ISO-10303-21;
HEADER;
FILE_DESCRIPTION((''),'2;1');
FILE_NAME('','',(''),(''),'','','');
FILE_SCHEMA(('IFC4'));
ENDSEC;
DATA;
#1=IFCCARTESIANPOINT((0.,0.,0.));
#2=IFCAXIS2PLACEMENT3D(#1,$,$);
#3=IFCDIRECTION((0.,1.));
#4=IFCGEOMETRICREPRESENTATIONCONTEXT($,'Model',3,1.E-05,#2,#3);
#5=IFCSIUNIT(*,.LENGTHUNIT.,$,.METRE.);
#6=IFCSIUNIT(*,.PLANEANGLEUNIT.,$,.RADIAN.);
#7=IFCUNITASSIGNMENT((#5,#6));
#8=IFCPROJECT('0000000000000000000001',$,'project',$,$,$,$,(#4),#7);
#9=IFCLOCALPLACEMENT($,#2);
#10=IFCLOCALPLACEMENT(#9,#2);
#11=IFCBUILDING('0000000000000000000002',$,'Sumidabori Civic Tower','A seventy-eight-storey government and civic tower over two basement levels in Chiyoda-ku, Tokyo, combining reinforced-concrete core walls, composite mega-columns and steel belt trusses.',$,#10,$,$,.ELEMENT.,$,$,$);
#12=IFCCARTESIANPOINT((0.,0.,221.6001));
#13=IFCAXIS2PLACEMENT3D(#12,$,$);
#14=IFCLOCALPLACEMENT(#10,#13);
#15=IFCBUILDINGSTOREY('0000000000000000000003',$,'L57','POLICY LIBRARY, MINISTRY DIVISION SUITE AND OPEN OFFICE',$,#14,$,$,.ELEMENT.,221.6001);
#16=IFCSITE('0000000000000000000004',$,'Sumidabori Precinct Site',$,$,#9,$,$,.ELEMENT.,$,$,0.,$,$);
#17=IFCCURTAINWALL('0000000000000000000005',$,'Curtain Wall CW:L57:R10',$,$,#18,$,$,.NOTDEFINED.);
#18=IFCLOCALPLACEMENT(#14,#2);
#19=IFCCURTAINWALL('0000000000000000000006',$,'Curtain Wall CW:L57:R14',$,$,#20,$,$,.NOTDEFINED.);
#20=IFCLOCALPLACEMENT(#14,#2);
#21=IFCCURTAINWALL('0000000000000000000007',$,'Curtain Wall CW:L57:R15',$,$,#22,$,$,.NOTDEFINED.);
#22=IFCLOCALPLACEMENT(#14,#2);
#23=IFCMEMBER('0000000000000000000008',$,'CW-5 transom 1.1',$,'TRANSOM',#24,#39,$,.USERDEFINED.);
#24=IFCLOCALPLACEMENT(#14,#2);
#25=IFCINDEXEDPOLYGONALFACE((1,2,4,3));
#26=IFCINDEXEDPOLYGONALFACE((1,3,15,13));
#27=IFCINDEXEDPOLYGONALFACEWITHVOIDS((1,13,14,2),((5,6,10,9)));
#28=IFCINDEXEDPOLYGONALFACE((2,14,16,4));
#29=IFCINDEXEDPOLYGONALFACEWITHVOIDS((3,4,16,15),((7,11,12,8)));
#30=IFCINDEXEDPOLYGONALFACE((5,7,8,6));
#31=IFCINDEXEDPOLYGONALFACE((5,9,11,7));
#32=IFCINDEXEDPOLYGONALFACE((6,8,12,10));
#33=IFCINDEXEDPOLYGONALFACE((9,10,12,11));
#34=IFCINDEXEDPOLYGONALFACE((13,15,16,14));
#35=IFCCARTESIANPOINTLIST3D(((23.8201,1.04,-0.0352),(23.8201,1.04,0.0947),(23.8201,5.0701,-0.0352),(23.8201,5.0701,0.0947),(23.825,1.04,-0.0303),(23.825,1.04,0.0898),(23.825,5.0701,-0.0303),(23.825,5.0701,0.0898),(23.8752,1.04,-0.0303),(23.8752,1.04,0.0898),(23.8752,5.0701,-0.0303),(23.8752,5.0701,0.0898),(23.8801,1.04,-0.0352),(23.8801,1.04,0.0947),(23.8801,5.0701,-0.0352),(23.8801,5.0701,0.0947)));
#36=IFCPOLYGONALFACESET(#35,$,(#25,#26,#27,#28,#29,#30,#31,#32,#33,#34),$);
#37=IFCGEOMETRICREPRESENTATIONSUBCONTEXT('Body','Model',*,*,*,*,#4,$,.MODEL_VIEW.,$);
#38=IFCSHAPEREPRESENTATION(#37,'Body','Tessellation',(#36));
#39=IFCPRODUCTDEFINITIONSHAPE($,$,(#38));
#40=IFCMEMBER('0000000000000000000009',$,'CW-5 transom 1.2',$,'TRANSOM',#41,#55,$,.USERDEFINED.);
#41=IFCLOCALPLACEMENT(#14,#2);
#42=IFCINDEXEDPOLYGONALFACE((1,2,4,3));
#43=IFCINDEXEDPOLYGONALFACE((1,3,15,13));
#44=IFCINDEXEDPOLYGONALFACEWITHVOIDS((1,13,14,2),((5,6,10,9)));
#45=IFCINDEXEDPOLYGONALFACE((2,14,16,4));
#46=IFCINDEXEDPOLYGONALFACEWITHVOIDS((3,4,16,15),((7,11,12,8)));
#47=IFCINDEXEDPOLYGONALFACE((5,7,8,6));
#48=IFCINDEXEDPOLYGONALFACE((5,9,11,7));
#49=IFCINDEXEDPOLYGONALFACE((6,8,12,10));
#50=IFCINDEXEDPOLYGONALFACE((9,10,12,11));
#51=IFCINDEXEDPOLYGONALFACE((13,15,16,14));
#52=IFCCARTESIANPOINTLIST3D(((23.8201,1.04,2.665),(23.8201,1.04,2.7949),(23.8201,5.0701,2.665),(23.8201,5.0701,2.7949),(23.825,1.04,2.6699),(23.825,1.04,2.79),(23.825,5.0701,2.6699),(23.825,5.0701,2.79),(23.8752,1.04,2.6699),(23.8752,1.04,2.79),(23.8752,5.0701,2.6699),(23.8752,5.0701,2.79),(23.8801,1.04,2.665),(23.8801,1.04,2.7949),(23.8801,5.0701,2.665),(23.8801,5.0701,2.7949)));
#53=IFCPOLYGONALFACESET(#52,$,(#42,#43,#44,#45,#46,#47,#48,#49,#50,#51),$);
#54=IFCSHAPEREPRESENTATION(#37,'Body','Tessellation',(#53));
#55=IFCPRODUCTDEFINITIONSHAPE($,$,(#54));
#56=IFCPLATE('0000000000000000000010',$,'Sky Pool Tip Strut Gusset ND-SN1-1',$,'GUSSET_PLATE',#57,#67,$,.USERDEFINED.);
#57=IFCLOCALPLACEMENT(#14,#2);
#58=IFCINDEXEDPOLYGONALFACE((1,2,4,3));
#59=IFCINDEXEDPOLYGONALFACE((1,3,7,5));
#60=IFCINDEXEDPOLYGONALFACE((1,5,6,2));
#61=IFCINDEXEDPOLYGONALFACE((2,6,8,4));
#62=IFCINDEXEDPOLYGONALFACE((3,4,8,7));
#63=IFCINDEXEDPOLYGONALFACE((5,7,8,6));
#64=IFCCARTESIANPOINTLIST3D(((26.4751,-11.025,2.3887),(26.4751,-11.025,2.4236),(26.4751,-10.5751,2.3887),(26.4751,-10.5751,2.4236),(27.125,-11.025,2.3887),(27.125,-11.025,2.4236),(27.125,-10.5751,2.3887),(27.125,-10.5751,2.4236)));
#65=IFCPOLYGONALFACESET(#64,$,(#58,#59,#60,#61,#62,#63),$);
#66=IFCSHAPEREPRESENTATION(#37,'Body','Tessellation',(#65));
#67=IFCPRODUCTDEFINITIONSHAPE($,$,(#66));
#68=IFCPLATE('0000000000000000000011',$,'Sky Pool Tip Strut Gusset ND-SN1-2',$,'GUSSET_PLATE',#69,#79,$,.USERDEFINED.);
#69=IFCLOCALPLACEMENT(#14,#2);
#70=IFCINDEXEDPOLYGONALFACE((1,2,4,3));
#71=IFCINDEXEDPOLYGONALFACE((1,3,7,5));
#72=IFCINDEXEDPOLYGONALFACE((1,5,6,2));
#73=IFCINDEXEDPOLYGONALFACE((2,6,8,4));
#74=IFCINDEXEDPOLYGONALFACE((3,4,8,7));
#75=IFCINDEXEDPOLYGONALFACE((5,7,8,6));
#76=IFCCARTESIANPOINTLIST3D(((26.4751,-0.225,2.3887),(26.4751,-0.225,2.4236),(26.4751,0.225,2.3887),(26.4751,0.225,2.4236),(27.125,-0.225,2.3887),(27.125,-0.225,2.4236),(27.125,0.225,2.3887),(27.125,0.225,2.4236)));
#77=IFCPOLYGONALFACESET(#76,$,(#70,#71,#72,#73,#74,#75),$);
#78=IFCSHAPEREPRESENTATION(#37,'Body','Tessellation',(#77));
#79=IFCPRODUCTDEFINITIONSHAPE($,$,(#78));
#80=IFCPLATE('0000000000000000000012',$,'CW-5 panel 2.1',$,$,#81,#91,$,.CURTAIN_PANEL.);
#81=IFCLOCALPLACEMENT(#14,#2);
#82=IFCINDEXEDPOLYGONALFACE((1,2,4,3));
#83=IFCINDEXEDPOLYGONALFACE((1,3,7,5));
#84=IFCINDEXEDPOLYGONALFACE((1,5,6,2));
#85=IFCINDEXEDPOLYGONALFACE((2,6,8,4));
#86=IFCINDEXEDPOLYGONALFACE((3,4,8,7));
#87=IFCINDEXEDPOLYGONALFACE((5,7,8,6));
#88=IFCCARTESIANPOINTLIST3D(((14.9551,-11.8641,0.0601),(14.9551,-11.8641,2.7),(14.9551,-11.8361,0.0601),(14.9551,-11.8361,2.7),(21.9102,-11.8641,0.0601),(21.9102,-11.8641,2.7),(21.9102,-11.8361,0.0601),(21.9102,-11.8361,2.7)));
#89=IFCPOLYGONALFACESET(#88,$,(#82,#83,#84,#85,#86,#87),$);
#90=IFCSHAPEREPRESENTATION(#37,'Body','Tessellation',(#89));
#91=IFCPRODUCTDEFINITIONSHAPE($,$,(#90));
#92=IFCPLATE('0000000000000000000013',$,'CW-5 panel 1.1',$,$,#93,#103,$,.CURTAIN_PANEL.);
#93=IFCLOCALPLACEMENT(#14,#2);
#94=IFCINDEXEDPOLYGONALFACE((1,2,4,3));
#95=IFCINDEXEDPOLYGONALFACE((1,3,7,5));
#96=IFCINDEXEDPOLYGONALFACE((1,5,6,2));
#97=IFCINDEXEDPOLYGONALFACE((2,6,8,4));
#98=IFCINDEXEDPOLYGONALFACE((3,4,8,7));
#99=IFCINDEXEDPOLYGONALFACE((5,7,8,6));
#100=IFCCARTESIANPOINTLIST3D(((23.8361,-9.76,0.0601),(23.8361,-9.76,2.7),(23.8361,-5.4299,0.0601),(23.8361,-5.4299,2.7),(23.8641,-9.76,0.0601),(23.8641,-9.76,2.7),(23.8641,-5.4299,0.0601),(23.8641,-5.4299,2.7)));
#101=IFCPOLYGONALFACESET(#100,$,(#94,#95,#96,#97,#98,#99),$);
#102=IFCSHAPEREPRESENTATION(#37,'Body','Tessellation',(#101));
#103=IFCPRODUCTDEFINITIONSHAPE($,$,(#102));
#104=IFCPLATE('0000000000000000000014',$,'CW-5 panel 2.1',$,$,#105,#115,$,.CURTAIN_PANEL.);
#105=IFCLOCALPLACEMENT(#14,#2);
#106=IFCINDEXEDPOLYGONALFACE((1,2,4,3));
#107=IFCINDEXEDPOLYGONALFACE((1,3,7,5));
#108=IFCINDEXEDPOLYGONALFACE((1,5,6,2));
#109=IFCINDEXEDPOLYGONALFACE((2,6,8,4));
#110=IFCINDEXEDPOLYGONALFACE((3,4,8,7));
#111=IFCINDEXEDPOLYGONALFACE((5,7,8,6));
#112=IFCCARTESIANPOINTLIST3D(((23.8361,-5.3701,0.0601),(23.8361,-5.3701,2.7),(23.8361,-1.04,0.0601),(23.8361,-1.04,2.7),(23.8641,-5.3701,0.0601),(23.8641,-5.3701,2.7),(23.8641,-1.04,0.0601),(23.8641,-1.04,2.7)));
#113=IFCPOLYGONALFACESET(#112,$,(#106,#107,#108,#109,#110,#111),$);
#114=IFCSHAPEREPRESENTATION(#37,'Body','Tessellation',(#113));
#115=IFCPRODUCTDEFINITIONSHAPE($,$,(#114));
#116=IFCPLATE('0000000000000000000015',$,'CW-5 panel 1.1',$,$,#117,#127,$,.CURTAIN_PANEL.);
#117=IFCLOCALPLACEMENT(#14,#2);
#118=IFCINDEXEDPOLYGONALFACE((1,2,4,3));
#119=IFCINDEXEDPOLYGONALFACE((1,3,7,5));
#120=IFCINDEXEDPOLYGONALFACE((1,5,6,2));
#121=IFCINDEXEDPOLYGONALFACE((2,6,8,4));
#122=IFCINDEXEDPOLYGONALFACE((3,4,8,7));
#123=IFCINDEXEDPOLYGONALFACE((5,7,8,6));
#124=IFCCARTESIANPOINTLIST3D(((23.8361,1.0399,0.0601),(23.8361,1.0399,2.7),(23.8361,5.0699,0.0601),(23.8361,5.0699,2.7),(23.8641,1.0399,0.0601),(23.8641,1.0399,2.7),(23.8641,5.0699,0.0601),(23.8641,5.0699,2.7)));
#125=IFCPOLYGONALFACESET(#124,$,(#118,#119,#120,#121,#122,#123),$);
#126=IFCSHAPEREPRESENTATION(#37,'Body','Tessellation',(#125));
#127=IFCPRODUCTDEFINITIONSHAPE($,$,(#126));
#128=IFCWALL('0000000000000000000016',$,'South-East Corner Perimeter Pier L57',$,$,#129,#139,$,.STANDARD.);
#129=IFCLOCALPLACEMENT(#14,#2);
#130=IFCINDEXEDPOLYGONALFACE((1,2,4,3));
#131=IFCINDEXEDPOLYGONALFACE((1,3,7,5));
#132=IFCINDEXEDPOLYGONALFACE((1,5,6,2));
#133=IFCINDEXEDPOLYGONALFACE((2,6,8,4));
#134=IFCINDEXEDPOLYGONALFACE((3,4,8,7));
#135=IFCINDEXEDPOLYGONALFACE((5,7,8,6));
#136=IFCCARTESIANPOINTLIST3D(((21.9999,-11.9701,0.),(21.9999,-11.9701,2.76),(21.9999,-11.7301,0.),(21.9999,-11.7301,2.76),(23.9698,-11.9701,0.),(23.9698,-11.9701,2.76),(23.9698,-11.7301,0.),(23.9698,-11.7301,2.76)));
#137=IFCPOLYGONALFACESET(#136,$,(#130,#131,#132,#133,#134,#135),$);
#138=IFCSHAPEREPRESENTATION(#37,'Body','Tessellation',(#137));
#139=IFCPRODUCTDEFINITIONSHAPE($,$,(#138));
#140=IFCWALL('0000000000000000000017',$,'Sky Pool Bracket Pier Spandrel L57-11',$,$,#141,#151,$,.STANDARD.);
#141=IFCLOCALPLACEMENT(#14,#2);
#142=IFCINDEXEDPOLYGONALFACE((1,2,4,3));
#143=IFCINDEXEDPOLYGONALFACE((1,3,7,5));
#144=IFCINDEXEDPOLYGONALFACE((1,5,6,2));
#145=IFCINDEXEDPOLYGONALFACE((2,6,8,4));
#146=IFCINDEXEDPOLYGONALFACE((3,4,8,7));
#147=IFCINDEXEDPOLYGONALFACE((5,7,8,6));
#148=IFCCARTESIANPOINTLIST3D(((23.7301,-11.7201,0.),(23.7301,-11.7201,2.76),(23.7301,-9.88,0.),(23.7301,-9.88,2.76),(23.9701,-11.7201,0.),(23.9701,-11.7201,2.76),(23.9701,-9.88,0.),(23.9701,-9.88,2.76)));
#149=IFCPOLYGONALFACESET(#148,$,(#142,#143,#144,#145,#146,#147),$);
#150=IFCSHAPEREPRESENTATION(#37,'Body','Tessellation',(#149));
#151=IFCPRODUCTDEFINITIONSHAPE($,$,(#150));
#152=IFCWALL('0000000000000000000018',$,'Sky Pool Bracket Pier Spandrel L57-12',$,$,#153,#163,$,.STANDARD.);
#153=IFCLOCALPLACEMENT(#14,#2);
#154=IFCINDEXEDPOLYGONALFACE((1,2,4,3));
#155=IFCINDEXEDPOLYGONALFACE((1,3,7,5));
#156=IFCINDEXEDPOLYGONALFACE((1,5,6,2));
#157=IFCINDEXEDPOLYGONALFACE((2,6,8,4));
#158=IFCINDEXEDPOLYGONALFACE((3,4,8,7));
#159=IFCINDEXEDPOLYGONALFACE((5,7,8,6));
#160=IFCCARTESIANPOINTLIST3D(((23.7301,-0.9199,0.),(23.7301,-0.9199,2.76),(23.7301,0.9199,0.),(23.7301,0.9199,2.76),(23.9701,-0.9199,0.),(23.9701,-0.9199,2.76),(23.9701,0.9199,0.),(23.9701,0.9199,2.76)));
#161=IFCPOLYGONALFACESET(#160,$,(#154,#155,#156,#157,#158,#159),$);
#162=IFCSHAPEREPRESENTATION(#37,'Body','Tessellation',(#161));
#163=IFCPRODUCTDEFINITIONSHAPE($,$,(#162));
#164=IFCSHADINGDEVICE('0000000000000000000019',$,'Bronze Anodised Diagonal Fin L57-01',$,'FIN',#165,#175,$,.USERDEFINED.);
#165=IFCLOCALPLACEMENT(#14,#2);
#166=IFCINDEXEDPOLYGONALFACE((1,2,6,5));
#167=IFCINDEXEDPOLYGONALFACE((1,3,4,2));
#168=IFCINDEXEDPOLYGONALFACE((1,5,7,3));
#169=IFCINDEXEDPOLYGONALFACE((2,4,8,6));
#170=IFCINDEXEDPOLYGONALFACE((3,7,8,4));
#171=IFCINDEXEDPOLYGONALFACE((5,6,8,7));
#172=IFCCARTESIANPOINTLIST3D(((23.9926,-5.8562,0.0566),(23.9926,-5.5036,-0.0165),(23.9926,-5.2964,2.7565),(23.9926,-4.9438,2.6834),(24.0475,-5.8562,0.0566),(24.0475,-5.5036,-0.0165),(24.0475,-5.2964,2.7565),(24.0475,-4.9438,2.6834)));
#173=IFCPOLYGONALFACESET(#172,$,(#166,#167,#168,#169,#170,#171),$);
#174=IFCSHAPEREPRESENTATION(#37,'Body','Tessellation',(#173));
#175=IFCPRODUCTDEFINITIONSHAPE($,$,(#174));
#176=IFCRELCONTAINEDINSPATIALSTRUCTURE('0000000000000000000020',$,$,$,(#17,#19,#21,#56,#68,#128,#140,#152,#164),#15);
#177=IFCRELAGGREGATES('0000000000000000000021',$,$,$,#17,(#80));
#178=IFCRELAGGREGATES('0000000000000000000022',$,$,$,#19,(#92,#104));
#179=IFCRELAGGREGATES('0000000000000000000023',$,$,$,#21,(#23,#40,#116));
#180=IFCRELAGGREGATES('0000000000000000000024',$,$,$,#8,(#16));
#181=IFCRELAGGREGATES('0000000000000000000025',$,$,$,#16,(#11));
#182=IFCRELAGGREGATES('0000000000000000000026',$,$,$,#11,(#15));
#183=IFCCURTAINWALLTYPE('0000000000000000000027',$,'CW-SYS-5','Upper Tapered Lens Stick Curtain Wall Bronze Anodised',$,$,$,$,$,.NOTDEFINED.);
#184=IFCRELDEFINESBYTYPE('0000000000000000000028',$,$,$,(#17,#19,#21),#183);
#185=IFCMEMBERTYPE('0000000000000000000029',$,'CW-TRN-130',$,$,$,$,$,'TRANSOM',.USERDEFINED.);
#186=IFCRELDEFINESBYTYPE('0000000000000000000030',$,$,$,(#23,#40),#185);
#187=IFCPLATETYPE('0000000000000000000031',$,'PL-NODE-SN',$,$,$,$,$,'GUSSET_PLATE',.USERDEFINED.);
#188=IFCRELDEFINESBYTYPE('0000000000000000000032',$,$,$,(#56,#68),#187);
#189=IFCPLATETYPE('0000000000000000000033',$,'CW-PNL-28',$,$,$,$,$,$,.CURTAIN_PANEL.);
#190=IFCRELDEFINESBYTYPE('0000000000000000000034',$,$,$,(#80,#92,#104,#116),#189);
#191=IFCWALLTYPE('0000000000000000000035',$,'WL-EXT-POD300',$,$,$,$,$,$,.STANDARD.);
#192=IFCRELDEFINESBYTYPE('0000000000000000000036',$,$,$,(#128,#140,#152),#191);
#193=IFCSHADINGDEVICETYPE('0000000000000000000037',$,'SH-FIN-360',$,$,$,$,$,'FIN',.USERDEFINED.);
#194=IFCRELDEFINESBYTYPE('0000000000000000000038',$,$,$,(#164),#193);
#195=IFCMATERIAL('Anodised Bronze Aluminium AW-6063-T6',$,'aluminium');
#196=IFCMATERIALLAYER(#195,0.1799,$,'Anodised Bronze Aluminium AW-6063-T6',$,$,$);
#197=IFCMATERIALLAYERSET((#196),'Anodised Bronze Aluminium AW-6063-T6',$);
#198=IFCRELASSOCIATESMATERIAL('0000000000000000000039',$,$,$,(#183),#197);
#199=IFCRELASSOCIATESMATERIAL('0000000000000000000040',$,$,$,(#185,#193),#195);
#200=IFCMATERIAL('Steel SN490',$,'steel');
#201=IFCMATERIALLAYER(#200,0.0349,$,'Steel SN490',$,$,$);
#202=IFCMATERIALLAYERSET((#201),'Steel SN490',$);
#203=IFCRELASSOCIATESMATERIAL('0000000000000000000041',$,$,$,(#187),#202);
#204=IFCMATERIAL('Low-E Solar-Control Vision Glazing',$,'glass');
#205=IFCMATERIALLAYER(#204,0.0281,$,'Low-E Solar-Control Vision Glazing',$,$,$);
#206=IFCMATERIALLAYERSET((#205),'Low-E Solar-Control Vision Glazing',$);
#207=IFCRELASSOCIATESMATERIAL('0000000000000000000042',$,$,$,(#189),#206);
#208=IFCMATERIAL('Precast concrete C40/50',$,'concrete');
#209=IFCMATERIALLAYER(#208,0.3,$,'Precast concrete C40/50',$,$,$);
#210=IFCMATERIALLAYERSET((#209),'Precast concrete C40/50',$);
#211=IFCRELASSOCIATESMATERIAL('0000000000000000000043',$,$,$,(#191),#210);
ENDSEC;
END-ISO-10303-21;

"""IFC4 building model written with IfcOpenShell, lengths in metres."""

from ifc_helpers import new_model, si_unit, direction, frame, frame_2d, origin, origin_2d, place, context, subcontext, project, spatial, rectangle, hollow_rectangle, extrude, source, transform, mapped, material, layer, layer_set, material_profile, profile_set, type_object, element, aggregate, save


model = new_model("IFC4")

# Units and contexts
model_context = context("Model", 3, precision=1e-05, world=origin(), true_north=direction((0.0, 1.0)))
body_context = subcontext(model_context, "Body", "Model", "MODEL_VIEW")
ifc_project = project(units=[si_unit("LENGTHUNIT", "METRE"), si_unit("PLANEANGLEUNIT", "RADIAN")], contexts=[model_context])

# Site, building, storey
site_placement = place(None, origin())
site = spatial("IfcSite", under=ifc_project, at=site_placement, Name="Sumidabori Precinct Site", CompositionType="ELEMENT", RefElevation=0.0)
building_placement = place(site_placement, origin())
building = spatial("IfcBuilding", under=site, at=building_placement, Name="Sumidabori Civic Tower", Description="A seventy-eight-storey government and civic tower over two basement levels in Chiyoda-ku, Tokyo, combining reinforced-concrete core walls, composite mega-columns and steel belt trusses.", CompositionType="ELEMENT")
storey_placement = place(building_placement, frame((0.0, 0.0, 221.6001)))
storey = spatial("IfcBuildingStorey", under=building, at=storey_placement, Name="L57", Description="POLICY LIBRARY, MINISTRY DIVISION SUITE AND OPEN OFFICE", CompositionType="ELEMENT", Elevation=221.6001)

# Shared definitions
ifc_material_1 = material(Name="Steel SN490", Category="steel")

# Curtain wall
ifc_material_2 = material(Name="Anodised Bronze Aluminium AW-6063-T6", Category="aluminium")
ifc_layer_1 = layer(ifc_material_2, 0.1799, Name="Anodised Bronze Aluminium AW-6063-T6")
ifc_layer_set_1 = layer_set([ifc_layer_1], Name="Anodised Bronze Aluminium AW-6063-T6")
curtain_wall_type = type_object("IfcCurtainWallType", Name="CW-SYS-5", Description="Upper Tapered Lens Stick Curtain Wall Bronze Anodised", PredefinedType="NOTDEFINED", material=ifc_layer_set_1)
curtain_wall_1_placement = place(storey_placement, origin())
curtain_wall_1 = element("IfcCurtainWall", 1, at=curtain_wall_1_placement, inside=storey, type_object=curtain_wall_type, Name="Curtain Wall CW:L57:R10", PredefinedType="NOTDEFINED")

# Curtain wall
curtain_wall_2_placement = place(storey_placement, origin())
curtain_wall_2 = element("IfcCurtainWall", 2, at=curtain_wall_2_placement, inside=storey, type_object=curtain_wall_type, Name="Curtain Wall CW:L57:R14", PredefinedType="NOTDEFINED")

# Curtain wall
curtain_wall_3_placement = place(storey_placement, origin())
curtain_wall_3 = element("IfcCurtainWall", 3, at=curtain_wall_3_placement, inside=storey, type_object=curtain_wall_type, Name="Curtain Wall CW:L57:R15", PredefinedType="NOTDEFINED")

# Members
ifc_material_profile_1 = material_profile(ifc_material_2, hollow_rectangle(XDim=0.0601, YDim=0.1299, WallThickness=0.0049, at=origin_2d()), Name="ALU TRANSOM 130x60")
ifc_profile_set_1 = profile_set([ifc_material_profile_1], Name="Anodised Bronze Aluminium AW-6063-T6")
member_type_1 = type_object("IfcMemberType", Name="CW-TRN-130", ElementType="TRANSOM", PredefinedType="USERDEFINED", material=ifc_profile_set_1)
shared_shape_1 = source(origin(), body_context, "Body", "SweptSolid", [
    extrude(hollow_rectangle(XDim=0.0601, YDim=0.1299, WallThickness=0.0049, at=origin_2d()), origin(), (0.0, 0.0, 1.0), 4.03),
])
member_1_placement = place(storey_placement, frame((23.8501, 1.04, 0.0298), z_axis=(0.0, 1.0, 0.0), x_axis=(-1.0, 0.0, 0.0)))
member_1 = element("IfcMember", 4, at=member_1_placement, type_object=member_type_1, Name="CW-5 transom 1.1", ObjectType="TRANSOM", PredefinedType="USERDEFINED", context=body_context, shape_type="MappedRepresentation", body=[
    mapped(shared_shape_1, transform((0.0, 0.0, 0.0), x_axis=(1.0, 0.0, 0.0), y_axis=(0.0, 1.0, 0.0), z_axis=(0.0, 0.0, 1.0), scale=1.0)),
])
member_2_placement = place(storey_placement, frame((23.8501, 1.04, 2.73), z_axis=(0.0, 1.0, 0.0), x_axis=(-1.0, 0.0, 0.0)))
member_2 = element("IfcMember", 5, at=member_2_placement, type_object=member_type_1, Name="CW-5 transom 1.2", ObjectType="TRANSOM", PredefinedType="USERDEFINED", context=body_context, shape_type="MappedRepresentation", body=[
    mapped(shared_shape_1, transform((0.0, 0.0, 0.0), x_axis=(1.0, 0.0, 0.0), y_axis=(0.0, 1.0, 0.0), z_axis=(0.0, 0.0, 1.0), scale=1.0)),
])

# Plates
ifc_layer_2 = layer(ifc_material_1, 0.0349, Name="Steel SN490")
ifc_layer_set_2 = layer_set([ifc_layer_2], Name="Steel SN490")
plate_type_1 = type_object("IfcPlateType", Name="PL-NODE-SN", ElementType="GUSSET_PLATE", PredefinedType="USERDEFINED", material=ifc_layer_set_2)
shared_shape_2 = source(origin(), body_context, "Body", "SweptSolid", [
    extrude(rectangle(XDim=0.6499, YDim=0.45, at=origin_2d()), origin(), (0.0, 0.0, 1.0), 0.0349),
])
for number, where, z_axis, x_axis, name in (
    (6, (26.8, -10.8, 2.3887), (0.0, 0.0, 1.0), (1.0, 0.0, 0.0), "Sky Pool Tip Strut Gusset ND-SN1-1"),
    (7, (26.8, 0.0, 2.3887), (0.0, 0.0, 1.0), (1.0, 0.0, 0.0), "Sky Pool Tip Strut Gusset ND-SN1-2"),
):
    element("IfcPlate", number, at=place(storey_placement, frame(where, z_axis=z_axis, x_axis=x_axis)), inside=storey, type_object=plate_type_1, Name=name, ObjectType="GUSSET_PLATE", PredefinedType="USERDEFINED", context=body_context, shape_type="MappedRepresentation", body=[
        mapped(shared_shape_2, transform((0.0, 0.0, 0.0), x_axis=(1.0, 0.0, 0.0), y_axis=(0.0, 1.0, 0.0), z_axis=(0.0, 0.0, 1.0), scale=1.0)),
    ])

# Plates
ifc_material_3 = material(Name="Low-E Solar-Control Vision Glazing", Category="glass")
ifc_layer_3 = layer(ifc_material_3, 0.0281, Name="Low-E Solar-Control Vision Glazing")
ifc_layer_set_3 = layer_set([ifc_layer_3], Name="Low-E Solar-Control Vision Glazing")
plate_type_2 = type_object("IfcPlateType", Name="CW-PNL-28", PredefinedType="CURTAIN_PANEL", material=ifc_layer_set_3)
shared_shape_3 = source(origin(), body_context, "Body", "SweptSolid", [
    extrude(rectangle(XDim=6.9551, YDim=0.0281, at=origin_2d()), origin(), (0.0, 0.0, 1.0), 2.6399),
])
plate_1_placement = place(storey_placement, frame((18.4326, -11.8501, 0.0601), z_axis=(0.0, 0.0, 1.0), x_axis=(1.0, 0.0, 0.0)))
plate_1 = element("IfcPlate", 8, at=plate_1_placement, type_object=plate_type_2, Name="CW-5 panel 2.1", PredefinedType="CURTAIN_PANEL", context=body_context, shape_type="MappedRepresentation", body=[
    mapped(shared_shape_3, transform((0.0, 0.0, 0.0), x_axis=(1.0, 0.0, 0.0), y_axis=(0.0, 1.0, 0.0), z_axis=(0.0, 0.0, 1.0), scale=1.0)),
])
aggregate(curtain_wall_1, [plate_1])
shared_shape_4 = source(origin(), body_context, "Body", "SweptSolid", [
    extrude(rectangle(XDim=4.3301, YDim=0.0281, at=origin_2d()), origin(), (0.0, 0.0, 1.0), 2.6399),
])
plate_2_placement = place(storey_placement, frame((23.8501, -7.595, 0.0601), z_axis=(0.0, 0.0, 1.0), x_axis=(0.0, 1.0, 0.0)))
plate_2 = element("IfcPlate", 9, at=plate_2_placement, type_object=plate_type_2, Name="CW-5 panel 1.1", PredefinedType="CURTAIN_PANEL", context=body_context, shape_type="MappedRepresentation", body=[
    mapped(shared_shape_4, transform((0.0, 0.0, 0.0), x_axis=(1.0, 0.0, 0.0), y_axis=(0.0, 1.0, 0.0), z_axis=(0.0, 0.0, 1.0), scale=1.0)),
])
plate_3_placement = place(storey_placement, frame((23.8501, -3.2051, 0.0601), z_axis=(0.0, 0.0, 1.0), x_axis=(0.0, 1.0, 0.0)))
plate_3 = element("IfcPlate", 10, at=plate_3_placement, type_object=plate_type_2, Name="CW-5 panel 2.1", PredefinedType="CURTAIN_PANEL", context=body_context, shape_type="MappedRepresentation", body=[
    mapped(shared_shape_4, transform((0.0, 0.0, 0.0), x_axis=(1.0, 0.0, 0.0), y_axis=(0.0, 1.0, 0.0), z_axis=(0.0, 0.0, 1.0), scale=1.0)),
])
aggregate(curtain_wall_2, [plate_2, plate_3])
shared_shape_5 = source(origin(), body_context, "Body", "SweptSolid", [
    extrude(rectangle(XDim=4.03, YDim=0.0281, at=origin_2d()), origin(), (0.0, 0.0, 1.0), 2.6399),
])
plate_4_placement = place(storey_placement, frame((23.8501, 3.0549, 0.0601), z_axis=(0.0, 0.0, 1.0), x_axis=(0.0, 1.0, 0.0)))
plate_4 = element("IfcPlate", 11, at=plate_4_placement, type_object=plate_type_2, Name="CW-5 panel 1.1", PredefinedType="CURTAIN_PANEL", context=body_context, shape_type="MappedRepresentation", body=[
    mapped(shared_shape_5, transform((0.0, 0.0, 0.0), x_axis=(1.0, 0.0, 0.0), y_axis=(0.0, 1.0, 0.0), z_axis=(0.0, 0.0, 1.0), scale=1.0)),
])
aggregate(curtain_wall_3, [member_1, member_2, plate_4])

# Walls
ifc_material_4 = material(Name="Precast concrete C40/50", Category="concrete")
ifc_layer_4 = layer(ifc_material_4, 0.3, Name="Precast concrete C40/50")
ifc_layer_set_4 = layer_set([ifc_layer_4], Name="Precast concrete C40/50")
wall_type = type_object("IfcWallType", Name="WL-EXT-POD300", PredefinedType="STANDARD", material=ifc_layer_set_4)
shared_shape_6 = source(origin(), body_context, "Body", "SweptSolid", [
    extrude(rectangle(XDim=1.97, YDim=0.24, at=frame_2d((0.9849, 0.0))), origin(), (0.0, 0.0, 1.0), 2.76),
])
wall_1_placement = place(storey_placement, frame((22.0, -11.8501, 0.0), z_axis=(0.0, 0.0, 1.0), x_axis=(1.0, 0.0, 0.0)))
element("IfcWall", 12, at=wall_1_placement, inside=storey, type_object=wall_type, Name="South-East Corner Perimeter Pier L57", PredefinedType="STANDARD", context=body_context, shape_type="MappedRepresentation", body=[
    mapped(shared_shape_6, transform((0.0, 0.0, 0.0), x_axis=(1.0, 0.0, 0.0), y_axis=(0.0, 1.0, 0.0), z_axis=(0.0, 0.0, 1.0), scale=1.0)),
])
shared_shape_7 = source(origin(), body_context, "Body", "SweptSolid", [
    extrude(rectangle(XDim=1.8401, YDim=0.24, at=frame_2d((0.9199, 0.0))), origin(), (0.0, 0.0, 1.0), 2.76),
])
wall_2_placement = place(storey_placement, frame((23.8501, -11.72, 0.0), z_axis=(0.0, 0.0, 1.0), x_axis=(0.0, 1.0, 0.0)))
element("IfcWall", 13, at=wall_2_placement, inside=storey, type_object=wall_type, Name="Sky Pool Bracket Pier Spandrel L57-11", PredefinedType="STANDARD", context=body_context, shape_type="MappedRepresentation", body=[
    mapped(shared_shape_7, transform((0.0, 0.0, 0.0), x_axis=(1.0, 0.0, 0.0), y_axis=(0.0, 1.0, 0.0), z_axis=(0.0, 0.0, 1.0), scale=1.0)),
])
shared_shape_8 = source(origin(), body_context, "Body", "SweptSolid", [
    extrude(rectangle(XDim=1.8398, YDim=0.24, at=frame_2d((0.9199, 0.0))), origin(), (0.0, 0.0, 1.0), 2.76),
])
wall_3_placement = place(storey_placement, frame((23.8501, -0.9199, 0.0), z_axis=(0.0, 0.0, 1.0), x_axis=(0.0, 1.0, 0.0)))
element("IfcWall", 14, at=wall_3_placement, inside=storey, type_object=wall_type, Name="Sky Pool Bracket Pier Spandrel L57-12", PredefinedType="STANDARD", context=body_context, shape_type="MappedRepresentation", body=[
    mapped(shared_shape_8, transform((0.0, 0.0, 0.0), x_axis=(1.0, 0.0, 0.0), y_axis=(0.0, 1.0, 0.0), z_axis=(0.0, 0.0, 1.0), scale=1.0)),
])

# Shading device
ifc_material_profile_2 = material_profile(ifc_material_2, rectangle(XDim=0.0549, YDim=0.3601, at=origin_2d()), Name="BRONZE FIN 360x55")
ifc_profile_set_2 = profile_set([ifc_material_profile_2], Name="Anodised Bronze Aluminium AW-6063-T6")
shading_device_type = type_object("IfcShadingDeviceType", Name="SH-FIN-360", ElementType="FIN", PredefinedType="USERDEFINED", material=ifc_profile_set_2)
shared_shape_9 = source(origin(), body_context, "Body", "SweptSolid", [
    extrude(rectangle(XDim=0.0549, YDim=0.3601, at=origin_2d()), origin(), (0.0, 0.0, 1.0), 2.7573),
])
for number, where, z_axis, x_axis, name in (
    (15, (24.02, -5.6799, 0.02), (0.0, 0.203024, 0.979174), (-1.0, 0.0, 0.0), "Bronze Anodised Diagonal Fin L57-01"),
):
    element("IfcShadingDevice", number, at=place(storey_placement, frame(where, z_axis=z_axis, x_axis=x_axis)), inside=storey, type_object=shading_device_type, Name=name, ObjectType="FIN", PredefinedType="USERDEFINED", context=body_context, shape_type="MappedRepresentation", body=[
        mapped(shared_shape_9, transform((0.0, 0.0, 0.0), x_axis=(1.0, 0.0, 0.0), y_axis=(0.0, 1.0, 0.0), z_axis=(0.0, 0.0, 1.0), scale=1.0)),
    ])

save(model, "model.ifc")
